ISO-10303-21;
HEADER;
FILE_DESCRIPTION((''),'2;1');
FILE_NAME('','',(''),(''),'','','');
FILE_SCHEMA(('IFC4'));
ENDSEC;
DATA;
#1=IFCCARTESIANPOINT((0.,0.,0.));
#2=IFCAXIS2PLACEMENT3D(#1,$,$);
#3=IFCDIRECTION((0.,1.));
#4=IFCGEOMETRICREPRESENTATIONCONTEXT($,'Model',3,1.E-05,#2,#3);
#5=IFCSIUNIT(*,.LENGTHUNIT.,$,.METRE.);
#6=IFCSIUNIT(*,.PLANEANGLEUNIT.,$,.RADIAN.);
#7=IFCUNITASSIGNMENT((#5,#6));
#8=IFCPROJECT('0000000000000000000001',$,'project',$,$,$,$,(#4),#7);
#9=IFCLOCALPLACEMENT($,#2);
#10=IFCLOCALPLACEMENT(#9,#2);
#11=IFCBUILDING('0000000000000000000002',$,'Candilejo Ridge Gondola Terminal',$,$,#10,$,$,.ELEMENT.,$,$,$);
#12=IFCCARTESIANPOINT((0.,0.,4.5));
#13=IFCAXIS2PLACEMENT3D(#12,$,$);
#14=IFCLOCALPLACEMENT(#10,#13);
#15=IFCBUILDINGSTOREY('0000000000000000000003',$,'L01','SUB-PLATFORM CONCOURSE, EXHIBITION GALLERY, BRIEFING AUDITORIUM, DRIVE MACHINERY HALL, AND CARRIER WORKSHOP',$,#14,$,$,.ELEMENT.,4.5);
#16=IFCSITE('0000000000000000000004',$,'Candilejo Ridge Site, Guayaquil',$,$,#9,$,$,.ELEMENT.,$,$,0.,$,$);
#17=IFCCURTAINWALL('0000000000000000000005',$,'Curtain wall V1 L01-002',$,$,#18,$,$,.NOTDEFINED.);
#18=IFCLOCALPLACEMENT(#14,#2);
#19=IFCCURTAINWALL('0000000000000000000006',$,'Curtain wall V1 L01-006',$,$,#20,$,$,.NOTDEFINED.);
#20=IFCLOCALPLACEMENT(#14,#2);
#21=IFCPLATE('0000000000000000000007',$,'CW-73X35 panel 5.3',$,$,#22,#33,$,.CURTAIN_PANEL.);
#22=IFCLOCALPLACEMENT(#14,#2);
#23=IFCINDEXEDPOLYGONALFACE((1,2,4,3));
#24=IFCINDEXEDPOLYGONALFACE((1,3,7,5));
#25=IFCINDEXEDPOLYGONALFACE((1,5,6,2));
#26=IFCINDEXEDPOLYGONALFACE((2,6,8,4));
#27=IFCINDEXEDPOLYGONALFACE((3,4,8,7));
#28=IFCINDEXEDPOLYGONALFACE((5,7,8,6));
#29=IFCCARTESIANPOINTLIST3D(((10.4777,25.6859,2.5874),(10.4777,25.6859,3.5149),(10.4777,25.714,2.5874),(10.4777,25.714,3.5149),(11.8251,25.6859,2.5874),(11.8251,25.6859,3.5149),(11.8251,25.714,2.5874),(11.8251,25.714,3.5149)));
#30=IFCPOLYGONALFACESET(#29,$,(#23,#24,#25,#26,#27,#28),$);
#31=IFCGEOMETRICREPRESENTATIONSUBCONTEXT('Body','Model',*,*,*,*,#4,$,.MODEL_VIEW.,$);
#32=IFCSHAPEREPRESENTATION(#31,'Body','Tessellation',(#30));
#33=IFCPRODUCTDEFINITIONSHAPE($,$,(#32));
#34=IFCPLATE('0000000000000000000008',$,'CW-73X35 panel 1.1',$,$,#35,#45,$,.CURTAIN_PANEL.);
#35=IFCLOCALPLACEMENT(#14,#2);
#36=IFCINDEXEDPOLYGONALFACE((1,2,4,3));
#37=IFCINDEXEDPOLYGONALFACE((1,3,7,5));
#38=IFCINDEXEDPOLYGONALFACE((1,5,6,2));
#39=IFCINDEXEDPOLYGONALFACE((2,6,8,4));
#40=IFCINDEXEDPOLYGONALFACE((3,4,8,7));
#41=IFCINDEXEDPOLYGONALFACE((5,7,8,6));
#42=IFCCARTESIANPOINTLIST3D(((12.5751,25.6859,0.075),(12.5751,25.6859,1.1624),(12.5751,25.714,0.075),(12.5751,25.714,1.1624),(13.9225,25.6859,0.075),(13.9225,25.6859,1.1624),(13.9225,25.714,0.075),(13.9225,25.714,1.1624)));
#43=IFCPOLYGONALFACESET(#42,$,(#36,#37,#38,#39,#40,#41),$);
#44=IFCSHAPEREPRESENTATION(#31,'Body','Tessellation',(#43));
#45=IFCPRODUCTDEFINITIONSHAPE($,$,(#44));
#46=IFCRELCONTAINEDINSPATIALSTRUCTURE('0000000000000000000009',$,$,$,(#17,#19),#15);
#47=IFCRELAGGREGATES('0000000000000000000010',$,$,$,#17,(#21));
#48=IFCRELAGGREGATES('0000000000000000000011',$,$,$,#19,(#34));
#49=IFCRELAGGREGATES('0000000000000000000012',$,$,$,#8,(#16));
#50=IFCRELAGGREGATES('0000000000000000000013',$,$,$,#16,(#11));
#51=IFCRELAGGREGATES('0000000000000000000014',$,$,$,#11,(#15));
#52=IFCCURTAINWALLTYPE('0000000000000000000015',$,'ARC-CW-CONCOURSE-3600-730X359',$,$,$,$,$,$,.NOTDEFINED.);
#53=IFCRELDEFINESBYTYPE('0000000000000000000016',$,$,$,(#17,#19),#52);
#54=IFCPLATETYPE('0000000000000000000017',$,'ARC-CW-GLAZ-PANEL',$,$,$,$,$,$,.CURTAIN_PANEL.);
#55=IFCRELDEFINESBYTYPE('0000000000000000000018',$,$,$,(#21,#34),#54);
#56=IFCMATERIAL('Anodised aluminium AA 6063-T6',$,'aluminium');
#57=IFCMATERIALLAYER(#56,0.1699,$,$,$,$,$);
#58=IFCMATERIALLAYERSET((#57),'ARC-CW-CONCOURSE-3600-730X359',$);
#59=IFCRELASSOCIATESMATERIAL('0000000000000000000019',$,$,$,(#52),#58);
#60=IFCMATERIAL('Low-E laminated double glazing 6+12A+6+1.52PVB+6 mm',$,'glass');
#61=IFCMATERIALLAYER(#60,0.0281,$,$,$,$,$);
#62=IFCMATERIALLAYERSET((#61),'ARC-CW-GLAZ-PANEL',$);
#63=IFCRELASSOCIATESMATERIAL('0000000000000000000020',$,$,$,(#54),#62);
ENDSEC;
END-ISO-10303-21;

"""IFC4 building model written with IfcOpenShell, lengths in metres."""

from ifc_helpers import new_model, si_unit, direction, frame, origin, origin_2d, place, context, subcontext, project, spatial, rectangle, extrude, material, layer, layer_set, type_object, element, aggregate, save


model = new_model("IFC4")

# Units and contexts
model_context = context("Model", 3, precision=1e-05, world=origin(), true_north=direction((0.0, 1.0)))
body_context = subcontext(model_context, "Body", "Model", "MODEL_VIEW")
ifc_project = project(units=[si_unit("LENGTHUNIT", "METRE"), si_unit("PLANEANGLEUNIT", "RADIAN")], contexts=[model_context])

# Site, building, storey
site_placement = place(None, origin())
site = spatial("IfcSite", under=ifc_project, at=site_placement, Name="Candilejo Ridge Site, Guayaquil", CompositionType="ELEMENT", RefElevation=0.0)
building_placement = place(site_placement, origin())
building = spatial("IfcBuilding", under=site, at=building_placement, Name="Candilejo Ridge Gondola Terminal", CompositionType="ELEMENT")
storey_placement = place(building_placement, frame((0.0, 0.0, 4.5)))
storey = spatial("IfcBuildingStorey", under=building, at=storey_placement, Name="L01", Description="SUB-PLATFORM CONCOURSE, EXHIBITION GALLERY, BRIEFING AUDITORIUM, DRIVE MACHINERY HALL, AND CARRIER WORKSHOP", CompositionType="ELEMENT", Elevation=4.5)

# Curtain wall
ifc_material_1 = material(Name="Anodised aluminium AA 6063-T6", Category="aluminium")
ifc_layer_1 = layer(ifc_material_1, 0.1699)
ifc_layer_set_1 = layer_set([ifc_layer_1], Name="ARC-CW-CONCOURSE-3600-730X359")
curtain_wall_type = type_object("IfcCurtainWallType", Name="ARC-CW-CONCOURSE-3600-730X359", PredefinedType="NOTDEFINED", material=ifc_layer_set_1)
curtain_wall_1_placement = place(storey_placement, origin())
curtain_wall_1 = element("IfcCurtainWall", 1, at=curtain_wall_1_placement, inside=storey, type_object=curtain_wall_type, Name="Curtain wall V1 L01-002", PredefinedType="NOTDEFINED")

# Curtain wall
curtain_wall_2_placement = place(storey_placement, origin())
curtain_wall_2 = element("IfcCurtainWall", 2, at=curtain_wall_2_placement, inside=storey, type_object=curtain_wall_type, Name="Curtain wall V1 L01-006", PredefinedType="NOTDEFINED")

# Plates
ifc_material_2 = material(Name="Low-E laminated double glazing 6+12A+6+1.52PVB+6 mm", Category="glass")
ifc_layer_2 = layer(ifc_material_2, 0.0281)
ifc_layer_set_2 = layer_set([ifc_layer_2], Name="ARC-CW-GLAZ-PANEL")
plate_type = type_object("IfcPlateType", Name="ARC-CW-GLAZ-PANEL", PredefinedType="CURTAIN_PANEL", material=ifc_layer_set_2)
plate_1_placement = place(storey_placement, frame((11.1514, 25.7, 2.5874), z_axis=(0.0, 0.0, 1.0), x_axis=(1.0, 0.0, 0.0)))
plate_1 = element("IfcPlate", 3, at=plate_1_placement, type_object=plate_type, Name="CW-73X35 panel 5.3", PredefinedType="CURTAIN_PANEL", context=body_context, shape_type="SweptSolid", body=[
    extrude(rectangle(XDim=1.3474, YDim=0.0281, at=origin_2d()), origin(), (0.0, 0.0, 1.0), 0.9275),
])
aggregate(curtain_wall_1, [plate_1])
plate_2_placement = place(storey_placement, frame((13.2488, 25.7, 0.075), z_axis=(0.0, 0.0, 1.0), x_axis=(1.0, 0.0, 0.0)))
plate_2 = element("IfcPlate", 4, at=plate_2_placement, type_object=plate_type, Name="CW-73X35 panel 1.1", PredefinedType="CURTAIN_PANEL", context=body_context, shape_type="SweptSolid", body=[
    extrude(rectangle(XDim=1.3474, YDim=0.0281, at=origin_2d()), origin(), (0.0, 0.0, 1.0), 1.0874),
])
aggregate(curtain_wall_2, [plate_2])

save(model, "model.ifc")
